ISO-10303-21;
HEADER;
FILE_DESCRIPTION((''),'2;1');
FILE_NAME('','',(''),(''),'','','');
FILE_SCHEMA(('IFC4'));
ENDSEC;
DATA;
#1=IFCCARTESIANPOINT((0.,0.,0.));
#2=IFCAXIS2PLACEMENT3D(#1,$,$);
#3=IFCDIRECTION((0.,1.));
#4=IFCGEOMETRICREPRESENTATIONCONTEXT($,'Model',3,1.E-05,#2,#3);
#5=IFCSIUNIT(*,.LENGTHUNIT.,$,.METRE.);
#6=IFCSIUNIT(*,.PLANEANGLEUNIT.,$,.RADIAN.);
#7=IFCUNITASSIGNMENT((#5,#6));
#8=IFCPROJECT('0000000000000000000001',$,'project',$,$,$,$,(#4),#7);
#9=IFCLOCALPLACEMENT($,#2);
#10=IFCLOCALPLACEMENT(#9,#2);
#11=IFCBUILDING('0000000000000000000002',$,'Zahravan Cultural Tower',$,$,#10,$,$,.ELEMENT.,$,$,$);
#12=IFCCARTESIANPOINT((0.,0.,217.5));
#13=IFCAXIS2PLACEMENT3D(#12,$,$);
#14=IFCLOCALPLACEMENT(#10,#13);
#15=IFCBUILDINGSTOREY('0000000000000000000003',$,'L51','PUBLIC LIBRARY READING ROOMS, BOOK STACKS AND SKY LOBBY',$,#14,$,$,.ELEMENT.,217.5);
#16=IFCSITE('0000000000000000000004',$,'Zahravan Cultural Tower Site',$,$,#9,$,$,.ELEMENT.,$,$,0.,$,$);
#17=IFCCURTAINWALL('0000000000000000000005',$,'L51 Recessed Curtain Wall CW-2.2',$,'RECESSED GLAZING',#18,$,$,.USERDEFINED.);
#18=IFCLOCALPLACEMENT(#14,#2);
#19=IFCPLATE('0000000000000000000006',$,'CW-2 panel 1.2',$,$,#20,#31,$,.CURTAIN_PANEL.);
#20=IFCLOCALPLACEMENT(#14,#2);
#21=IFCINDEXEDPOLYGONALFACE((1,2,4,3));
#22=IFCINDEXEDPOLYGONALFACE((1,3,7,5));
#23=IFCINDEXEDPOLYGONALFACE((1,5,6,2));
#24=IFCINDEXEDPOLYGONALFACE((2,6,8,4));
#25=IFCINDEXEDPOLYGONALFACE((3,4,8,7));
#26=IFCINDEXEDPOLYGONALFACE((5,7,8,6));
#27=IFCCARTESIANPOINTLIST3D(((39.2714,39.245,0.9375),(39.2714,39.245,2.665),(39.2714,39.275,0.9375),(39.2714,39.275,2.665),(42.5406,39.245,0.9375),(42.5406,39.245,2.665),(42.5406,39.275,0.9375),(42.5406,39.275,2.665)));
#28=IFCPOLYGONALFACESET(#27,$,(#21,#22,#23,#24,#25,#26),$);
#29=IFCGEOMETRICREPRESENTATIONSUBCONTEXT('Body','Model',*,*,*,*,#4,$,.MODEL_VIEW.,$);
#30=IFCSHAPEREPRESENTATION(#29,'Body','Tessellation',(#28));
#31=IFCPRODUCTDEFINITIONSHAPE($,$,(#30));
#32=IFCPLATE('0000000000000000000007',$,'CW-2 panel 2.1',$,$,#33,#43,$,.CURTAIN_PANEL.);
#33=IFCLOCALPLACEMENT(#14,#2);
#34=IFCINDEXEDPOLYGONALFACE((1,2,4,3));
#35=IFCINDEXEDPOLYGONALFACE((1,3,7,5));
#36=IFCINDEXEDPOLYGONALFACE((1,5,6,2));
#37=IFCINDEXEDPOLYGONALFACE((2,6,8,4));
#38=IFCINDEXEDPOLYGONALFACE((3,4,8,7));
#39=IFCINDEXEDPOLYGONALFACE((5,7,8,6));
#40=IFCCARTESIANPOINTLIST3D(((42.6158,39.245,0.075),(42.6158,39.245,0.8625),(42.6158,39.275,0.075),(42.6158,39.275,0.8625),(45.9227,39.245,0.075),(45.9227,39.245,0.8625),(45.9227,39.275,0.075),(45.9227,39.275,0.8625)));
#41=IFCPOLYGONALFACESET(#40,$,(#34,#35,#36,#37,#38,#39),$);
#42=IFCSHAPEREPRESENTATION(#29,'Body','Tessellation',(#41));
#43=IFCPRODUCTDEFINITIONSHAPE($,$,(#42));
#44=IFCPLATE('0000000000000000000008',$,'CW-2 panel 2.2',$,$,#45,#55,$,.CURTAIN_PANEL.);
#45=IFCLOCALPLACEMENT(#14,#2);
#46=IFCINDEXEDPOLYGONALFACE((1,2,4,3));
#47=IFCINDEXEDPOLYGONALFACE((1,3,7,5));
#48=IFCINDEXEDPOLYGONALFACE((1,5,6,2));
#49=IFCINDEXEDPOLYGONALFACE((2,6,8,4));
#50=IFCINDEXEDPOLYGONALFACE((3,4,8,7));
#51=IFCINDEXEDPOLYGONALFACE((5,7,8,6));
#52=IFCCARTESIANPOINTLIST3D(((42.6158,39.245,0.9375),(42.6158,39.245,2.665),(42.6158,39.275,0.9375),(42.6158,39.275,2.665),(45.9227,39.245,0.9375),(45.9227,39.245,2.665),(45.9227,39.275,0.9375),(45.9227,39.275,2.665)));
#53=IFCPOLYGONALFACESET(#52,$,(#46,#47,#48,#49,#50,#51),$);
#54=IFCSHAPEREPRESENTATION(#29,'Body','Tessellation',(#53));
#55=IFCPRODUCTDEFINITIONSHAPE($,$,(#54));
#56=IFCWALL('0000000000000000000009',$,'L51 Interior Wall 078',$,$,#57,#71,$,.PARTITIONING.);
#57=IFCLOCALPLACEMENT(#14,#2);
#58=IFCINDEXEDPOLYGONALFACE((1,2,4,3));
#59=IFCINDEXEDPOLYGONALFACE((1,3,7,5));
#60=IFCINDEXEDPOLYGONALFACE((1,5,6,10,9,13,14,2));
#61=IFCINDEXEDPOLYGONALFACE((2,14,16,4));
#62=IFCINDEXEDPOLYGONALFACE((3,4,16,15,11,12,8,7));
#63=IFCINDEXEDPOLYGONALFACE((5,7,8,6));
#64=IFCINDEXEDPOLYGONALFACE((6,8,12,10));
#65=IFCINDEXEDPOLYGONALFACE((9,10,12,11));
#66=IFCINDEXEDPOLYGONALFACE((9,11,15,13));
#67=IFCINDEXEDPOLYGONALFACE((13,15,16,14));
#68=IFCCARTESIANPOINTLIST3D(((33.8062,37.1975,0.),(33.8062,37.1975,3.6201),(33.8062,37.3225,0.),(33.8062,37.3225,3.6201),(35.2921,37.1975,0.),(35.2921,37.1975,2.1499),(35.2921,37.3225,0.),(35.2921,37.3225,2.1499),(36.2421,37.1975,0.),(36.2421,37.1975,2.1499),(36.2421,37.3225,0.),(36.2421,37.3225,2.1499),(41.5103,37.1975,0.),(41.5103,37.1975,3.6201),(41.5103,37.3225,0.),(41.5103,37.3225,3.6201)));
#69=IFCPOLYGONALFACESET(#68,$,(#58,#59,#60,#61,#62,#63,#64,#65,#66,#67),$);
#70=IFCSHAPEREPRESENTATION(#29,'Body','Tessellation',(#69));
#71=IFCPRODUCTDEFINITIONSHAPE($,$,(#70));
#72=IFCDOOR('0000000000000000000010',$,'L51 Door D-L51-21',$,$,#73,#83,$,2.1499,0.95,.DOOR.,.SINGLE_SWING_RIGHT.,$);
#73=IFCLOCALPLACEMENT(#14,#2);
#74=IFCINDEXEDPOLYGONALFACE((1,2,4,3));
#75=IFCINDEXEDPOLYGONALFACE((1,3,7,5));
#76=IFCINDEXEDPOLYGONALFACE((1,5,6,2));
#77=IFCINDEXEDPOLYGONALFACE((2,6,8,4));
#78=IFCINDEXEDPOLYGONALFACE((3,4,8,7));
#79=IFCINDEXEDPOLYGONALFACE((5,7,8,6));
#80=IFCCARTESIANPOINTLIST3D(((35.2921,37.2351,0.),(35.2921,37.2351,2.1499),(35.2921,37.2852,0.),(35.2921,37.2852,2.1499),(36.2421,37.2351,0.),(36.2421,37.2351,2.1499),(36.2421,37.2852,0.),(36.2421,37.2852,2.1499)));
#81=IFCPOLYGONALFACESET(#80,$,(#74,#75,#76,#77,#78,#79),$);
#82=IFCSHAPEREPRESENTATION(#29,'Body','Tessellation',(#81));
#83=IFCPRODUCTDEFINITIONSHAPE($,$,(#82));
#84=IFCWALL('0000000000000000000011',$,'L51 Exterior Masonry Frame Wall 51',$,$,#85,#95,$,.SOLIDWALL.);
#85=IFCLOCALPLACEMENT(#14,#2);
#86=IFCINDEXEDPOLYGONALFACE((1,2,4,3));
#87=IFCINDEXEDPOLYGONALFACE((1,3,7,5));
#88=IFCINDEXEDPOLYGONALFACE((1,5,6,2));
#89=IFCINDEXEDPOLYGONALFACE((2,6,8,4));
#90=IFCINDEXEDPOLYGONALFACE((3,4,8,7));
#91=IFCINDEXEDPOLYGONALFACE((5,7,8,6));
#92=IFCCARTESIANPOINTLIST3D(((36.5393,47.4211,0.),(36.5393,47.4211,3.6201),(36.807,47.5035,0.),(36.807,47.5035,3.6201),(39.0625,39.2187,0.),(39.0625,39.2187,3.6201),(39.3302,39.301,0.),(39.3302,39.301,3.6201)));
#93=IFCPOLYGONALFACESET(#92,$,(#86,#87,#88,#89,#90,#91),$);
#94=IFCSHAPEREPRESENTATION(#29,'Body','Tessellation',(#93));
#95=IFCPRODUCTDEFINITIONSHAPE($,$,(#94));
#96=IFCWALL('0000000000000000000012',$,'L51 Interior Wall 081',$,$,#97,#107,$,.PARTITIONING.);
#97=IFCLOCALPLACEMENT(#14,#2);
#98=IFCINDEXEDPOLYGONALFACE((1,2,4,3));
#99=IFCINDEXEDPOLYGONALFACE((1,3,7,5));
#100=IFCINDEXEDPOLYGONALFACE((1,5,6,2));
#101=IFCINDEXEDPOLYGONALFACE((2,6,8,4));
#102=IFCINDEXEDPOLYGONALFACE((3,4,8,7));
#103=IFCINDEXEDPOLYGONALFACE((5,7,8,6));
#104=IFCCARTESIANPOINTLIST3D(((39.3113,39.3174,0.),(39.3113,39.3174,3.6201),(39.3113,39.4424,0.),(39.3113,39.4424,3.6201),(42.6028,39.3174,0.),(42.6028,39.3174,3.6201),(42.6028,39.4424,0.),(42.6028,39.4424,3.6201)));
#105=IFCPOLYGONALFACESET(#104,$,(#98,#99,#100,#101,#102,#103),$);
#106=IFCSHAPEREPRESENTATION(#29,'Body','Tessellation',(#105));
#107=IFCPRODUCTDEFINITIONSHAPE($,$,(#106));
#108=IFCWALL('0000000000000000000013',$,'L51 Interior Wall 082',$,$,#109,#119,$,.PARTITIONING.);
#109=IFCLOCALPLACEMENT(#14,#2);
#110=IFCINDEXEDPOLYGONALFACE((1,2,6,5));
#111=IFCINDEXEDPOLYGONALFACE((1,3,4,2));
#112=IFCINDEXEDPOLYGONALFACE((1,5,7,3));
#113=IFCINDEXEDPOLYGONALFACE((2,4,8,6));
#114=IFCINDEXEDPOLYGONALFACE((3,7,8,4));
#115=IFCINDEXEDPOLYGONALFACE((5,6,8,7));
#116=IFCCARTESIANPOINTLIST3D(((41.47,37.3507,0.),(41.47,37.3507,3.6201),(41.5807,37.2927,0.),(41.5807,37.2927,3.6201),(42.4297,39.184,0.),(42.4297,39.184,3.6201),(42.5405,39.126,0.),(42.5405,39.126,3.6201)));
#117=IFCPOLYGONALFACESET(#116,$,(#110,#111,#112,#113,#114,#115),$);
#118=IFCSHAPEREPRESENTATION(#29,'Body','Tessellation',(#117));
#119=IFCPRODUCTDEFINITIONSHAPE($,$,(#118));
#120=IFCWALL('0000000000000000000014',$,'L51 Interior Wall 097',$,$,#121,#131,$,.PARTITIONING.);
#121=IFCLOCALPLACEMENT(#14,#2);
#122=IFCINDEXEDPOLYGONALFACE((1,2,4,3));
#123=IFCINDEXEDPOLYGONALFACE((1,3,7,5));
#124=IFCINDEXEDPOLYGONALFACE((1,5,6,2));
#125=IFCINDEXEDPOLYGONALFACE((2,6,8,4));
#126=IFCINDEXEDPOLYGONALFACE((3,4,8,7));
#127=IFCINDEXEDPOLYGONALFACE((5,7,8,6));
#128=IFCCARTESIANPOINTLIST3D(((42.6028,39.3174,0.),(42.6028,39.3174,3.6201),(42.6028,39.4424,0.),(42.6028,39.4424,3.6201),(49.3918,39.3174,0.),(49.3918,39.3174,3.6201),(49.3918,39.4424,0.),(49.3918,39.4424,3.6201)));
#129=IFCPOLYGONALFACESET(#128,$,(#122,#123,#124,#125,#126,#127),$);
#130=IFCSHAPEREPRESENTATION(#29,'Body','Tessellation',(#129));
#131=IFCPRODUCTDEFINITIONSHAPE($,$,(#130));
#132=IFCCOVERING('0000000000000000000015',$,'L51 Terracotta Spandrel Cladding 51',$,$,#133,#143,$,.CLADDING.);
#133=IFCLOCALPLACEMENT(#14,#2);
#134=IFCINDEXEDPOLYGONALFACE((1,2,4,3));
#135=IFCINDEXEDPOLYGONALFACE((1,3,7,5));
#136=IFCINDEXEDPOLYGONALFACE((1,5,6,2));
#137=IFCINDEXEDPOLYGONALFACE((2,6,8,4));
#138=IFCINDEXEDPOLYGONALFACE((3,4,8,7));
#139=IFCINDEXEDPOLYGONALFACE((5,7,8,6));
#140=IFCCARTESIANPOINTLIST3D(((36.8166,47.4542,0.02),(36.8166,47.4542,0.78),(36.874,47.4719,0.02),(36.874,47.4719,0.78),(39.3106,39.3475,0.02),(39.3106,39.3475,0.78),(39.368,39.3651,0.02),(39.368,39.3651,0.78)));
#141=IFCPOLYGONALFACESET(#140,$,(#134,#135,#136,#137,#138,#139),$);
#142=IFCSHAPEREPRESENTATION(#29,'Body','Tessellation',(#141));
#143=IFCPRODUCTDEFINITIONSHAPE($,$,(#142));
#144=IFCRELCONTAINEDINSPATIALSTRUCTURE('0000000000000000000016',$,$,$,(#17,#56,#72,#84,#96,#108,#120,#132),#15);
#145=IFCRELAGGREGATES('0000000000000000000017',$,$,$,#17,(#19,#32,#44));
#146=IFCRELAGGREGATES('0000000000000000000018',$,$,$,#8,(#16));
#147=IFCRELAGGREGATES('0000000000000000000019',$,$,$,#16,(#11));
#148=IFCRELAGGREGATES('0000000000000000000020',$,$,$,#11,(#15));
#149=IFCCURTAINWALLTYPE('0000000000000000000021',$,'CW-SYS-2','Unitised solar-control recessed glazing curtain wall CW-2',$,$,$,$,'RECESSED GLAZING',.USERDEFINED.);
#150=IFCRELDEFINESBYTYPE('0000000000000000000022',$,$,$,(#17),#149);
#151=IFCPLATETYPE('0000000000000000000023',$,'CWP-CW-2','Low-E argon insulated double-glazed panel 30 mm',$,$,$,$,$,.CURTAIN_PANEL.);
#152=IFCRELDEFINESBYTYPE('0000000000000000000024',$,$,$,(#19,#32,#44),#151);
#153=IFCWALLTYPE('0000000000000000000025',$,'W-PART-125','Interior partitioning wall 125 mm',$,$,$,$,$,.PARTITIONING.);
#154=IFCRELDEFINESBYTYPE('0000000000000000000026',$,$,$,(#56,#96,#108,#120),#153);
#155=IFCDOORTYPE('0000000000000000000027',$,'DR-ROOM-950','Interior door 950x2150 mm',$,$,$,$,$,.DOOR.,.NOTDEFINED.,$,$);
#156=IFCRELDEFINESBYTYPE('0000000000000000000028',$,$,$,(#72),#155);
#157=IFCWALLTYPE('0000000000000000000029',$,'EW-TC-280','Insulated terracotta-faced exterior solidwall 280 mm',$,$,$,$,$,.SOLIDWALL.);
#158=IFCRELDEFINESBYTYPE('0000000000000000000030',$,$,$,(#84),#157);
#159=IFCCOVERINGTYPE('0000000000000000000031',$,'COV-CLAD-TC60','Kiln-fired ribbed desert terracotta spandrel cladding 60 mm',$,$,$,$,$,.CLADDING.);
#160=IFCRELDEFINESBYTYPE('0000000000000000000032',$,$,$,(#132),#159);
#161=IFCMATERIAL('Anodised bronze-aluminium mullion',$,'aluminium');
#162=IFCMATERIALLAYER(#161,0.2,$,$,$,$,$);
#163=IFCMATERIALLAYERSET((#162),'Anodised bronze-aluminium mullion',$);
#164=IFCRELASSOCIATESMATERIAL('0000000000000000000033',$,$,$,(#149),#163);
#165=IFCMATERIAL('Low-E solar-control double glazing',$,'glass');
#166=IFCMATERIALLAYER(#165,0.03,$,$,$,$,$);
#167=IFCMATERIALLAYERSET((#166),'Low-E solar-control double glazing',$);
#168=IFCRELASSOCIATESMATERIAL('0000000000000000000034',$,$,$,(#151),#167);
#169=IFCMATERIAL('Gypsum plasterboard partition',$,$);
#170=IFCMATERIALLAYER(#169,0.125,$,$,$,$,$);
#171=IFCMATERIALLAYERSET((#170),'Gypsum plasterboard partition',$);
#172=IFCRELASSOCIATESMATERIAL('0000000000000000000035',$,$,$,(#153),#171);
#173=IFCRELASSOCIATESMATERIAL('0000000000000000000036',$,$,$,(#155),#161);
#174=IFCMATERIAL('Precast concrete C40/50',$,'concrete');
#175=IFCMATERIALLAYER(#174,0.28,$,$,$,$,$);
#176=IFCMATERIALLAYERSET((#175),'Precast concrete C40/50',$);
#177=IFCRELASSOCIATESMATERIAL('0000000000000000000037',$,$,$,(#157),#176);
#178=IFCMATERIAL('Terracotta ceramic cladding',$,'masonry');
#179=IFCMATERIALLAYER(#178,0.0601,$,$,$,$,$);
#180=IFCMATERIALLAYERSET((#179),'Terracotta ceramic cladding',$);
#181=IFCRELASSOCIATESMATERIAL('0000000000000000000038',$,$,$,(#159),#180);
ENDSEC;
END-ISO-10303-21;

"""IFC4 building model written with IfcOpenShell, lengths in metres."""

from ifc_helpers import new_model, si_unit, direction, frame, frame_2d, origin, origin_2d, place, context, subcontext, project, spatial, rectangle, extrude, source, transform, mapped, material, layer, layer_set, type_object, element, fill, aggregate, save


model = new_model("IFC4")

# Units and contexts
model_context = context("Model", 3, precision=1e-05, world=origin(), true_north=direction((0.0, 1.0)))
body_context = subcontext(model_context, "Body", "Model", "MODEL_VIEW")
ifc_project = project(units=[si_unit("LENGTHUNIT", "METRE"), si_unit("PLANEANGLEUNIT", "RADIAN")], contexts=[model_context])

# Site, building, storey
site_placement = place(None, origin())
site = spatial("IfcSite", under=ifc_project, at=site_placement, Name="Zahravan Cultural Tower Site", CompositionType="ELEMENT", RefElevation=0.0)
building_placement = place(site_placement, origin())
building = spatial("IfcBuilding", under=site, at=building_placement, Name="Zahravan Cultural Tower", CompositionType="ELEMENT")
storey_placement = place(building_placement, frame((0.0, 0.0, 217.5)))
storey = spatial("IfcBuildingStorey", under=building, at=storey_placement, Name="L51", Description="PUBLIC LIBRARY READING ROOMS, BOOK STACKS AND SKY LOBBY", CompositionType="ELEMENT", Elevation=217.5)

# Curtain wall, plates
ifc_material_1 = material(Name="Anodised bronze-aluminium mullion", Category="aluminium")
ifc_layer_1 = layer(ifc_material_1, 0.2)
ifc_layer_set_1 = layer_set([ifc_layer_1], Name="Anodised bronze-aluminium mullion")
curtain_wall_type = type_object("IfcCurtainWallType", Name="CW-SYS-2", Description="Unitised solar-control recessed glazing curtain wall CW-2", ElementType="RECESSED GLAZING", PredefinedType="USERDEFINED", material=ifc_layer_set_1)
curtain_wall_placement = place(storey_placement, origin())
curtain_wall = element("IfcCurtainWall", 1, at=curtain_wall_placement, inside=storey, type_object=curtain_wall_type, Name="L51 Recessed Curtain Wall CW-2.2", ObjectType="RECESSED GLAZING", PredefinedType="USERDEFINED")
ifc_material_2 = material(Name="Low-E solar-control double glazing", Category="glass")
ifc_layer_2 = layer(ifc_material_2, 0.03)
ifc_layer_set_2 = layer_set([ifc_layer_2], Name="Low-E solar-control double glazing")
plate_type = type_object("IfcPlateType", Name="CWP-CW-2", Description="Low-E argon insulated double-glazed panel 30 mm", PredefinedType="CURTAIN_PANEL", material=ifc_layer_set_2)
shared_shape_1 = source(origin(), body_context, "Body", "SweptSolid", [
    extrude(rectangle(XDim=3.2693, YDim=0.03, at=origin_2d()), origin(), (0.0, 0.0, 1.0), 1.7275),
])
plate_1_placement = place(storey_placement, frame((40.906, 39.26, 0.9375), z_axis=(0.0, 0.0, 1.0), x_axis=(1.0, 0.0, 0.0)))
plate_1 = element("IfcPlate", 2, at=plate_1_placement, type_object=plate_type, Name="CW-2 panel 1.2", PredefinedType="CURTAIN_PANEL", context=body_context, shape_type="MappedRepresentation", body=[
    mapped(shared_shape_1, transform((0.0, 0.0, 0.0), x_axis=(1.0, 0.0, 0.0), y_axis=(0.0, 1.0, 0.0), z_axis=(0.0, 0.0, 1.0), scale=1.0)),
])
shared_shape_2 = source(origin(), body_context, "Body", "SweptSolid", [
    extrude(rectangle(XDim=3.3069, YDim=0.03, at=origin_2d()), origin(), (0.0, 0.0, 1.0), 0.7876),
])
plate_2_placement = place(storey_placement, frame((44.2693, 39.26, 0.075), z_axis=(0.0, 0.0, 1.0), x_axis=(1.0, 0.0, 0.0)))
plate_2 = element("IfcPlate", 3, at=plate_2_placement, type_object=plate_type, Name="CW-2 panel 2.1", PredefinedType="CURTAIN_PANEL", context=body_context, shape_type="MappedRepresentation", body=[
    mapped(shared_shape_2, transform((0.0, 0.0, 0.0), x_axis=(1.0, 0.0, 0.0), y_axis=(0.0, 1.0, 0.0), z_axis=(0.0, 0.0, 1.0), scale=1.0)),
])
shared_shape_3 = source(origin(), body_context, "Body", "SweptSolid", [
    extrude(rectangle(XDim=3.3069, YDim=0.03, at=origin_2d()), origin(), (0.0, 0.0, 1.0), 1.7275),
])
plate_3_placement = place(storey_placement, frame((44.2693, 39.26, 0.9375), z_axis=(0.0, 0.0, 1.0), x_axis=(1.0, 0.0, 0.0)))
plate_3 = element("IfcPlate", 4, at=plate_3_placement, type_object=plate_type, Name="CW-2 panel 2.2", PredefinedType="CURTAIN_PANEL", context=body_context, shape_type="MappedRepresentation", body=[
    mapped(shared_shape_3, transform((0.0, 0.0, 0.0), x_axis=(1.0, 0.0, 0.0), y_axis=(0.0, 1.0, 0.0), z_axis=(0.0, 0.0, 1.0), scale=1.0)),
])
aggregate(curtain_wall, [plate_1, plate_2, plate_3])

# Wall, opening, door
ifc_material_3 = material(Name="Gypsum plasterboard partition")
ifc_layer_3 = layer(ifc_material_3, 0.125)
ifc_layer_set_3 = layer_set([ifc_layer_3], Name="Gypsum plasterboard partition")
wall_type_1 = type_object("IfcWallType", Name="W-PART-125", Description="Interior partitioning wall 125 mm", PredefinedType="PARTITIONING", material=ifc_layer_set_3)
wall_1_placement = place(storey_placement, frame((41.5103, 37.26, 0.0), z_axis=(0.0, 0.0, 1.0), x_axis=(-1.0, 0.0, 0.0)))
wall_1 = element("IfcWall", 5, at=wall_1_placement, inside=storey, type_object=wall_type_1, Name="L51 Interior Wall 078", PredefinedType="PARTITIONING", context=body_context, shape_type="SweptSolid", body=[
    extrude(rectangle(XDim=7.7041, YDim=0.125, at=frame_2d((3.8521, 0.0))), origin(), (0.0, 0.0, 1.0), 3.6201),
])
opening_placement = place(wall_1_placement, frame((5.2681, 0.0, 0.0)))
opening = element("IfcOpeningElement", 6, at=opening_placement, cuts=wall_1, PredefinedType="OPENING", context=body_context, shape_type="SweptSolid", body=[
    extrude(rectangle(XDim=0.95, YDim=2.1499, at=frame_2d((0.4751, 1.075))), frame((0.0, 0.0725, 0.0), z_axis=(0.0, -1.0, 0.0), x_axis=(1.0, 0.0, 0.0)), (0.0, 0.0, 1.0), 0.145),
])
door_type = type_object("IfcDoorType", Name="DR-ROOM-950", Description="Interior door 950x2150 mm", OperationType="NOTDEFINED", PredefinedType="DOOR", material=ifc_material_1)
shared_shape_4 = source(origin(), body_context, "Body", "SweptSolid", [
    extrude(rectangle(XDim=0.95, YDim=2.1499, at=frame_2d((0.4751, 1.075))), frame((0.0, 0.0249, 0.0), z_axis=(0.0, -1.0, 0.0), x_axis=(1.0, 0.0, 0.0)), (0.0, 0.0, 1.0), 0.05),
])
door_placement = place(opening_placement, origin())
door = element("IfcDoor", 7, at=door_placement, inside=storey, type_object=door_type, Name="L51 Door D-L51-21", OperationType="SINGLE_SWING_RIGHT", OverallHeight=2.1499, OverallWidth=0.95, PredefinedType="DOOR", context=body_context, shape_type="MappedRepresentation", body=[
    mapped(shared_shape_4, transform((0.0, 0.0, 0.0), x_axis=(1.0, 0.0, 0.0), y_axis=(0.0, 1.0, 0.0), z_axis=(0.0, 0.0, 1.0), scale=1.0)),
])
fill(opening, door)

# Walls
ifc_material_4 = material(Name="Precast concrete C40/50", Category="concrete")
ifc_layer_4 = layer(ifc_material_4, 0.28)
ifc_layer_set_4 = layer_set([ifc_layer_4], Name="Precast concrete C40/50")
wall_type_2 = type_object("IfcWallType", Name="EW-TC-280", Description="Insulated terracotta-faced exterior solidwall 280 mm", PredefinedType="SOLIDWALL", material=ifc_layer_set_4)
shared_shape_5 = source(origin(), body_context, "Body", "SweptSolid", [
    extrude(rectangle(XDim=8.5818, YDim=0.28, at=frame_2d((4.291, 0.0))), origin(), (0.0, 0.0, 1.0), 3.6201),
])
wall_2_placement = place(storey_placement, frame((36.6731, 47.4624, 0.0), z_axis=(0.0, 0.0, 1.0), x_axis=(0.29402, -0.955799, 0.0)))
element("IfcWall", 8, at=wall_2_placement, inside=storey, type_object=wall_type_2, Name="L51 Exterior Masonry Frame Wall 51", PredefinedType="SOLIDWALL", context=body_context, shape_type="MappedRepresentation", body=[
    mapped(shared_shape_5, transform((0.0, 0.0, 0.0), x_axis=(1.0, 0.0, 0.0), y_axis=(0.0, 1.0, 0.0), z_axis=(0.0, 0.0, 1.0), scale=1.0)),
])
shared_shape_6 = source(origin(), body_context, "Body", "SweptSolid", [
    extrude(rectangle(XDim=3.2915, YDim=0.125, at=frame_2d((1.6458, 0.0))), origin(), (0.0, 0.0, 1.0), 3.6201),
])
wall_3_placement = place(storey_placement, frame((39.3113, 39.3799, 0.0), z_axis=(0.0, 0.0, 1.0), x_axis=(1.0, 0.0, 0.0)))
element("IfcWall", 9, at=wall_3_placement, inside=storey, type_object=wall_type_1, Name="L51 Interior Wall 081", PredefinedType="PARTITIONING", context=body_context, shape_type="MappedRepresentation", body=[
    mapped(shared_shape_6, transform((0.0, 0.0, 0.0), x_axis=(1.0, 0.0, 0.0), y_axis=(0.0, 1.0, 0.0), z_axis=(0.0, 0.0, 1.0), scale=1.0)),
])
shared_shape_7 = source(origin(), body_context, "Body", "SweptSolid", [
    extrude(rectangle(XDim=2.0693, YDim=0.125, at=frame_2d((1.0347, 0.0))), origin(), (0.0, 0.0, 1.0), 3.6201),
])
wall_4_placement = place(storey_placement, frame((42.4851, 39.155, 0.0), z_axis=(0.0, 0.0, 1.0), x_axis=(-0.463795, -0.885942, 0.0)))
element("IfcWall", 10, at=wall_4_placement, inside=storey, type_object=wall_type_1, Name="L51 Interior Wall 082", PredefinedType="PARTITIONING", context=body_context, shape_type="MappedRepresentation", body=[
    mapped(shared_shape_7, transform((0.0, 0.0, 0.0), x_axis=(1.0, 0.0, 0.0), y_axis=(0.0, 1.0, 0.0), z_axis=(0.0, 0.0, 1.0), scale=1.0)),
])
shared_shape_8 = source(origin(), body_context, "Body", "SweptSolid", [
    extrude(rectangle(XDim=6.7891, YDim=0.125, at=frame_2d((3.3945, 0.0))), origin(), (0.0, 0.0, 1.0), 3.6201),
])
wall_5_placement = place(storey_placement, frame((42.6028, 39.3799, 0.0), z_axis=(0.0, 0.0, 1.0), x_axis=(1.0, 0.0, 0.0)))
element("IfcWall", 11, at=wall_5_placement, inside=storey, type_object=wall_type_1, Name="L51 Interior Wall 097", PredefinedType="PARTITIONING", context=body_context, shape_type="MappedRepresentation", body=[
    mapped(shared_shape_8, transform((0.0, 0.0, 0.0), x_axis=(1.0, 0.0, 0.0), y_axis=(0.0, 1.0, 0.0), z_axis=(0.0, 0.0, 1.0), scale=1.0)),
])

# Covering
ifc_material_5 = material(Name="Terracotta ceramic cladding", Category="masonry")
ifc_layer_5 = layer(ifc_material_5, 0.0601)
ifc_layer_set_5 = layer_set([ifc_layer_5], Name="Terracotta ceramic cladding")
covering_type = type_object("IfcCoveringType", Name="COV-CLAD-TC60", Description="Kiln-fired ribbed desert terracotta spandrel cladding 60 mm", PredefinedType="CLADDING", material=ifc_layer_set_5)
shared_shape_9 = source(origin(), body_context, "Body", "SweptSolid", [
    extrude(rectangle(XDim=8.4817, YDim=0.0601, at=origin_2d()), origin(), (0.0, 0.0, 1.0), 0.76),
])
covering_placement = place(storey_placement, frame((38.0923, 43.4097, 0.02), z_axis=(0.0, 0.0, 1.0), x_axis=(0.29404, -0.955793, 0.0)))
element("IfcCovering", 12, at=covering_placement, inside=storey, type_object=covering_type, Name="L51 Terracotta Spandrel Cladding 51", PredefinedType="CLADDING", context=body_context, shape_type="MappedRepresentation", body=[
    mapped(shared_shape_9, transform((0.0, 0.0, 0.0), x_axis=(1.0, 0.0, 0.0), y_axis=(0.0, 1.0, 0.0), z_axis=(0.0, 0.0, 1.0), scale=1.0)),
])

save(model, "model.ifc")
